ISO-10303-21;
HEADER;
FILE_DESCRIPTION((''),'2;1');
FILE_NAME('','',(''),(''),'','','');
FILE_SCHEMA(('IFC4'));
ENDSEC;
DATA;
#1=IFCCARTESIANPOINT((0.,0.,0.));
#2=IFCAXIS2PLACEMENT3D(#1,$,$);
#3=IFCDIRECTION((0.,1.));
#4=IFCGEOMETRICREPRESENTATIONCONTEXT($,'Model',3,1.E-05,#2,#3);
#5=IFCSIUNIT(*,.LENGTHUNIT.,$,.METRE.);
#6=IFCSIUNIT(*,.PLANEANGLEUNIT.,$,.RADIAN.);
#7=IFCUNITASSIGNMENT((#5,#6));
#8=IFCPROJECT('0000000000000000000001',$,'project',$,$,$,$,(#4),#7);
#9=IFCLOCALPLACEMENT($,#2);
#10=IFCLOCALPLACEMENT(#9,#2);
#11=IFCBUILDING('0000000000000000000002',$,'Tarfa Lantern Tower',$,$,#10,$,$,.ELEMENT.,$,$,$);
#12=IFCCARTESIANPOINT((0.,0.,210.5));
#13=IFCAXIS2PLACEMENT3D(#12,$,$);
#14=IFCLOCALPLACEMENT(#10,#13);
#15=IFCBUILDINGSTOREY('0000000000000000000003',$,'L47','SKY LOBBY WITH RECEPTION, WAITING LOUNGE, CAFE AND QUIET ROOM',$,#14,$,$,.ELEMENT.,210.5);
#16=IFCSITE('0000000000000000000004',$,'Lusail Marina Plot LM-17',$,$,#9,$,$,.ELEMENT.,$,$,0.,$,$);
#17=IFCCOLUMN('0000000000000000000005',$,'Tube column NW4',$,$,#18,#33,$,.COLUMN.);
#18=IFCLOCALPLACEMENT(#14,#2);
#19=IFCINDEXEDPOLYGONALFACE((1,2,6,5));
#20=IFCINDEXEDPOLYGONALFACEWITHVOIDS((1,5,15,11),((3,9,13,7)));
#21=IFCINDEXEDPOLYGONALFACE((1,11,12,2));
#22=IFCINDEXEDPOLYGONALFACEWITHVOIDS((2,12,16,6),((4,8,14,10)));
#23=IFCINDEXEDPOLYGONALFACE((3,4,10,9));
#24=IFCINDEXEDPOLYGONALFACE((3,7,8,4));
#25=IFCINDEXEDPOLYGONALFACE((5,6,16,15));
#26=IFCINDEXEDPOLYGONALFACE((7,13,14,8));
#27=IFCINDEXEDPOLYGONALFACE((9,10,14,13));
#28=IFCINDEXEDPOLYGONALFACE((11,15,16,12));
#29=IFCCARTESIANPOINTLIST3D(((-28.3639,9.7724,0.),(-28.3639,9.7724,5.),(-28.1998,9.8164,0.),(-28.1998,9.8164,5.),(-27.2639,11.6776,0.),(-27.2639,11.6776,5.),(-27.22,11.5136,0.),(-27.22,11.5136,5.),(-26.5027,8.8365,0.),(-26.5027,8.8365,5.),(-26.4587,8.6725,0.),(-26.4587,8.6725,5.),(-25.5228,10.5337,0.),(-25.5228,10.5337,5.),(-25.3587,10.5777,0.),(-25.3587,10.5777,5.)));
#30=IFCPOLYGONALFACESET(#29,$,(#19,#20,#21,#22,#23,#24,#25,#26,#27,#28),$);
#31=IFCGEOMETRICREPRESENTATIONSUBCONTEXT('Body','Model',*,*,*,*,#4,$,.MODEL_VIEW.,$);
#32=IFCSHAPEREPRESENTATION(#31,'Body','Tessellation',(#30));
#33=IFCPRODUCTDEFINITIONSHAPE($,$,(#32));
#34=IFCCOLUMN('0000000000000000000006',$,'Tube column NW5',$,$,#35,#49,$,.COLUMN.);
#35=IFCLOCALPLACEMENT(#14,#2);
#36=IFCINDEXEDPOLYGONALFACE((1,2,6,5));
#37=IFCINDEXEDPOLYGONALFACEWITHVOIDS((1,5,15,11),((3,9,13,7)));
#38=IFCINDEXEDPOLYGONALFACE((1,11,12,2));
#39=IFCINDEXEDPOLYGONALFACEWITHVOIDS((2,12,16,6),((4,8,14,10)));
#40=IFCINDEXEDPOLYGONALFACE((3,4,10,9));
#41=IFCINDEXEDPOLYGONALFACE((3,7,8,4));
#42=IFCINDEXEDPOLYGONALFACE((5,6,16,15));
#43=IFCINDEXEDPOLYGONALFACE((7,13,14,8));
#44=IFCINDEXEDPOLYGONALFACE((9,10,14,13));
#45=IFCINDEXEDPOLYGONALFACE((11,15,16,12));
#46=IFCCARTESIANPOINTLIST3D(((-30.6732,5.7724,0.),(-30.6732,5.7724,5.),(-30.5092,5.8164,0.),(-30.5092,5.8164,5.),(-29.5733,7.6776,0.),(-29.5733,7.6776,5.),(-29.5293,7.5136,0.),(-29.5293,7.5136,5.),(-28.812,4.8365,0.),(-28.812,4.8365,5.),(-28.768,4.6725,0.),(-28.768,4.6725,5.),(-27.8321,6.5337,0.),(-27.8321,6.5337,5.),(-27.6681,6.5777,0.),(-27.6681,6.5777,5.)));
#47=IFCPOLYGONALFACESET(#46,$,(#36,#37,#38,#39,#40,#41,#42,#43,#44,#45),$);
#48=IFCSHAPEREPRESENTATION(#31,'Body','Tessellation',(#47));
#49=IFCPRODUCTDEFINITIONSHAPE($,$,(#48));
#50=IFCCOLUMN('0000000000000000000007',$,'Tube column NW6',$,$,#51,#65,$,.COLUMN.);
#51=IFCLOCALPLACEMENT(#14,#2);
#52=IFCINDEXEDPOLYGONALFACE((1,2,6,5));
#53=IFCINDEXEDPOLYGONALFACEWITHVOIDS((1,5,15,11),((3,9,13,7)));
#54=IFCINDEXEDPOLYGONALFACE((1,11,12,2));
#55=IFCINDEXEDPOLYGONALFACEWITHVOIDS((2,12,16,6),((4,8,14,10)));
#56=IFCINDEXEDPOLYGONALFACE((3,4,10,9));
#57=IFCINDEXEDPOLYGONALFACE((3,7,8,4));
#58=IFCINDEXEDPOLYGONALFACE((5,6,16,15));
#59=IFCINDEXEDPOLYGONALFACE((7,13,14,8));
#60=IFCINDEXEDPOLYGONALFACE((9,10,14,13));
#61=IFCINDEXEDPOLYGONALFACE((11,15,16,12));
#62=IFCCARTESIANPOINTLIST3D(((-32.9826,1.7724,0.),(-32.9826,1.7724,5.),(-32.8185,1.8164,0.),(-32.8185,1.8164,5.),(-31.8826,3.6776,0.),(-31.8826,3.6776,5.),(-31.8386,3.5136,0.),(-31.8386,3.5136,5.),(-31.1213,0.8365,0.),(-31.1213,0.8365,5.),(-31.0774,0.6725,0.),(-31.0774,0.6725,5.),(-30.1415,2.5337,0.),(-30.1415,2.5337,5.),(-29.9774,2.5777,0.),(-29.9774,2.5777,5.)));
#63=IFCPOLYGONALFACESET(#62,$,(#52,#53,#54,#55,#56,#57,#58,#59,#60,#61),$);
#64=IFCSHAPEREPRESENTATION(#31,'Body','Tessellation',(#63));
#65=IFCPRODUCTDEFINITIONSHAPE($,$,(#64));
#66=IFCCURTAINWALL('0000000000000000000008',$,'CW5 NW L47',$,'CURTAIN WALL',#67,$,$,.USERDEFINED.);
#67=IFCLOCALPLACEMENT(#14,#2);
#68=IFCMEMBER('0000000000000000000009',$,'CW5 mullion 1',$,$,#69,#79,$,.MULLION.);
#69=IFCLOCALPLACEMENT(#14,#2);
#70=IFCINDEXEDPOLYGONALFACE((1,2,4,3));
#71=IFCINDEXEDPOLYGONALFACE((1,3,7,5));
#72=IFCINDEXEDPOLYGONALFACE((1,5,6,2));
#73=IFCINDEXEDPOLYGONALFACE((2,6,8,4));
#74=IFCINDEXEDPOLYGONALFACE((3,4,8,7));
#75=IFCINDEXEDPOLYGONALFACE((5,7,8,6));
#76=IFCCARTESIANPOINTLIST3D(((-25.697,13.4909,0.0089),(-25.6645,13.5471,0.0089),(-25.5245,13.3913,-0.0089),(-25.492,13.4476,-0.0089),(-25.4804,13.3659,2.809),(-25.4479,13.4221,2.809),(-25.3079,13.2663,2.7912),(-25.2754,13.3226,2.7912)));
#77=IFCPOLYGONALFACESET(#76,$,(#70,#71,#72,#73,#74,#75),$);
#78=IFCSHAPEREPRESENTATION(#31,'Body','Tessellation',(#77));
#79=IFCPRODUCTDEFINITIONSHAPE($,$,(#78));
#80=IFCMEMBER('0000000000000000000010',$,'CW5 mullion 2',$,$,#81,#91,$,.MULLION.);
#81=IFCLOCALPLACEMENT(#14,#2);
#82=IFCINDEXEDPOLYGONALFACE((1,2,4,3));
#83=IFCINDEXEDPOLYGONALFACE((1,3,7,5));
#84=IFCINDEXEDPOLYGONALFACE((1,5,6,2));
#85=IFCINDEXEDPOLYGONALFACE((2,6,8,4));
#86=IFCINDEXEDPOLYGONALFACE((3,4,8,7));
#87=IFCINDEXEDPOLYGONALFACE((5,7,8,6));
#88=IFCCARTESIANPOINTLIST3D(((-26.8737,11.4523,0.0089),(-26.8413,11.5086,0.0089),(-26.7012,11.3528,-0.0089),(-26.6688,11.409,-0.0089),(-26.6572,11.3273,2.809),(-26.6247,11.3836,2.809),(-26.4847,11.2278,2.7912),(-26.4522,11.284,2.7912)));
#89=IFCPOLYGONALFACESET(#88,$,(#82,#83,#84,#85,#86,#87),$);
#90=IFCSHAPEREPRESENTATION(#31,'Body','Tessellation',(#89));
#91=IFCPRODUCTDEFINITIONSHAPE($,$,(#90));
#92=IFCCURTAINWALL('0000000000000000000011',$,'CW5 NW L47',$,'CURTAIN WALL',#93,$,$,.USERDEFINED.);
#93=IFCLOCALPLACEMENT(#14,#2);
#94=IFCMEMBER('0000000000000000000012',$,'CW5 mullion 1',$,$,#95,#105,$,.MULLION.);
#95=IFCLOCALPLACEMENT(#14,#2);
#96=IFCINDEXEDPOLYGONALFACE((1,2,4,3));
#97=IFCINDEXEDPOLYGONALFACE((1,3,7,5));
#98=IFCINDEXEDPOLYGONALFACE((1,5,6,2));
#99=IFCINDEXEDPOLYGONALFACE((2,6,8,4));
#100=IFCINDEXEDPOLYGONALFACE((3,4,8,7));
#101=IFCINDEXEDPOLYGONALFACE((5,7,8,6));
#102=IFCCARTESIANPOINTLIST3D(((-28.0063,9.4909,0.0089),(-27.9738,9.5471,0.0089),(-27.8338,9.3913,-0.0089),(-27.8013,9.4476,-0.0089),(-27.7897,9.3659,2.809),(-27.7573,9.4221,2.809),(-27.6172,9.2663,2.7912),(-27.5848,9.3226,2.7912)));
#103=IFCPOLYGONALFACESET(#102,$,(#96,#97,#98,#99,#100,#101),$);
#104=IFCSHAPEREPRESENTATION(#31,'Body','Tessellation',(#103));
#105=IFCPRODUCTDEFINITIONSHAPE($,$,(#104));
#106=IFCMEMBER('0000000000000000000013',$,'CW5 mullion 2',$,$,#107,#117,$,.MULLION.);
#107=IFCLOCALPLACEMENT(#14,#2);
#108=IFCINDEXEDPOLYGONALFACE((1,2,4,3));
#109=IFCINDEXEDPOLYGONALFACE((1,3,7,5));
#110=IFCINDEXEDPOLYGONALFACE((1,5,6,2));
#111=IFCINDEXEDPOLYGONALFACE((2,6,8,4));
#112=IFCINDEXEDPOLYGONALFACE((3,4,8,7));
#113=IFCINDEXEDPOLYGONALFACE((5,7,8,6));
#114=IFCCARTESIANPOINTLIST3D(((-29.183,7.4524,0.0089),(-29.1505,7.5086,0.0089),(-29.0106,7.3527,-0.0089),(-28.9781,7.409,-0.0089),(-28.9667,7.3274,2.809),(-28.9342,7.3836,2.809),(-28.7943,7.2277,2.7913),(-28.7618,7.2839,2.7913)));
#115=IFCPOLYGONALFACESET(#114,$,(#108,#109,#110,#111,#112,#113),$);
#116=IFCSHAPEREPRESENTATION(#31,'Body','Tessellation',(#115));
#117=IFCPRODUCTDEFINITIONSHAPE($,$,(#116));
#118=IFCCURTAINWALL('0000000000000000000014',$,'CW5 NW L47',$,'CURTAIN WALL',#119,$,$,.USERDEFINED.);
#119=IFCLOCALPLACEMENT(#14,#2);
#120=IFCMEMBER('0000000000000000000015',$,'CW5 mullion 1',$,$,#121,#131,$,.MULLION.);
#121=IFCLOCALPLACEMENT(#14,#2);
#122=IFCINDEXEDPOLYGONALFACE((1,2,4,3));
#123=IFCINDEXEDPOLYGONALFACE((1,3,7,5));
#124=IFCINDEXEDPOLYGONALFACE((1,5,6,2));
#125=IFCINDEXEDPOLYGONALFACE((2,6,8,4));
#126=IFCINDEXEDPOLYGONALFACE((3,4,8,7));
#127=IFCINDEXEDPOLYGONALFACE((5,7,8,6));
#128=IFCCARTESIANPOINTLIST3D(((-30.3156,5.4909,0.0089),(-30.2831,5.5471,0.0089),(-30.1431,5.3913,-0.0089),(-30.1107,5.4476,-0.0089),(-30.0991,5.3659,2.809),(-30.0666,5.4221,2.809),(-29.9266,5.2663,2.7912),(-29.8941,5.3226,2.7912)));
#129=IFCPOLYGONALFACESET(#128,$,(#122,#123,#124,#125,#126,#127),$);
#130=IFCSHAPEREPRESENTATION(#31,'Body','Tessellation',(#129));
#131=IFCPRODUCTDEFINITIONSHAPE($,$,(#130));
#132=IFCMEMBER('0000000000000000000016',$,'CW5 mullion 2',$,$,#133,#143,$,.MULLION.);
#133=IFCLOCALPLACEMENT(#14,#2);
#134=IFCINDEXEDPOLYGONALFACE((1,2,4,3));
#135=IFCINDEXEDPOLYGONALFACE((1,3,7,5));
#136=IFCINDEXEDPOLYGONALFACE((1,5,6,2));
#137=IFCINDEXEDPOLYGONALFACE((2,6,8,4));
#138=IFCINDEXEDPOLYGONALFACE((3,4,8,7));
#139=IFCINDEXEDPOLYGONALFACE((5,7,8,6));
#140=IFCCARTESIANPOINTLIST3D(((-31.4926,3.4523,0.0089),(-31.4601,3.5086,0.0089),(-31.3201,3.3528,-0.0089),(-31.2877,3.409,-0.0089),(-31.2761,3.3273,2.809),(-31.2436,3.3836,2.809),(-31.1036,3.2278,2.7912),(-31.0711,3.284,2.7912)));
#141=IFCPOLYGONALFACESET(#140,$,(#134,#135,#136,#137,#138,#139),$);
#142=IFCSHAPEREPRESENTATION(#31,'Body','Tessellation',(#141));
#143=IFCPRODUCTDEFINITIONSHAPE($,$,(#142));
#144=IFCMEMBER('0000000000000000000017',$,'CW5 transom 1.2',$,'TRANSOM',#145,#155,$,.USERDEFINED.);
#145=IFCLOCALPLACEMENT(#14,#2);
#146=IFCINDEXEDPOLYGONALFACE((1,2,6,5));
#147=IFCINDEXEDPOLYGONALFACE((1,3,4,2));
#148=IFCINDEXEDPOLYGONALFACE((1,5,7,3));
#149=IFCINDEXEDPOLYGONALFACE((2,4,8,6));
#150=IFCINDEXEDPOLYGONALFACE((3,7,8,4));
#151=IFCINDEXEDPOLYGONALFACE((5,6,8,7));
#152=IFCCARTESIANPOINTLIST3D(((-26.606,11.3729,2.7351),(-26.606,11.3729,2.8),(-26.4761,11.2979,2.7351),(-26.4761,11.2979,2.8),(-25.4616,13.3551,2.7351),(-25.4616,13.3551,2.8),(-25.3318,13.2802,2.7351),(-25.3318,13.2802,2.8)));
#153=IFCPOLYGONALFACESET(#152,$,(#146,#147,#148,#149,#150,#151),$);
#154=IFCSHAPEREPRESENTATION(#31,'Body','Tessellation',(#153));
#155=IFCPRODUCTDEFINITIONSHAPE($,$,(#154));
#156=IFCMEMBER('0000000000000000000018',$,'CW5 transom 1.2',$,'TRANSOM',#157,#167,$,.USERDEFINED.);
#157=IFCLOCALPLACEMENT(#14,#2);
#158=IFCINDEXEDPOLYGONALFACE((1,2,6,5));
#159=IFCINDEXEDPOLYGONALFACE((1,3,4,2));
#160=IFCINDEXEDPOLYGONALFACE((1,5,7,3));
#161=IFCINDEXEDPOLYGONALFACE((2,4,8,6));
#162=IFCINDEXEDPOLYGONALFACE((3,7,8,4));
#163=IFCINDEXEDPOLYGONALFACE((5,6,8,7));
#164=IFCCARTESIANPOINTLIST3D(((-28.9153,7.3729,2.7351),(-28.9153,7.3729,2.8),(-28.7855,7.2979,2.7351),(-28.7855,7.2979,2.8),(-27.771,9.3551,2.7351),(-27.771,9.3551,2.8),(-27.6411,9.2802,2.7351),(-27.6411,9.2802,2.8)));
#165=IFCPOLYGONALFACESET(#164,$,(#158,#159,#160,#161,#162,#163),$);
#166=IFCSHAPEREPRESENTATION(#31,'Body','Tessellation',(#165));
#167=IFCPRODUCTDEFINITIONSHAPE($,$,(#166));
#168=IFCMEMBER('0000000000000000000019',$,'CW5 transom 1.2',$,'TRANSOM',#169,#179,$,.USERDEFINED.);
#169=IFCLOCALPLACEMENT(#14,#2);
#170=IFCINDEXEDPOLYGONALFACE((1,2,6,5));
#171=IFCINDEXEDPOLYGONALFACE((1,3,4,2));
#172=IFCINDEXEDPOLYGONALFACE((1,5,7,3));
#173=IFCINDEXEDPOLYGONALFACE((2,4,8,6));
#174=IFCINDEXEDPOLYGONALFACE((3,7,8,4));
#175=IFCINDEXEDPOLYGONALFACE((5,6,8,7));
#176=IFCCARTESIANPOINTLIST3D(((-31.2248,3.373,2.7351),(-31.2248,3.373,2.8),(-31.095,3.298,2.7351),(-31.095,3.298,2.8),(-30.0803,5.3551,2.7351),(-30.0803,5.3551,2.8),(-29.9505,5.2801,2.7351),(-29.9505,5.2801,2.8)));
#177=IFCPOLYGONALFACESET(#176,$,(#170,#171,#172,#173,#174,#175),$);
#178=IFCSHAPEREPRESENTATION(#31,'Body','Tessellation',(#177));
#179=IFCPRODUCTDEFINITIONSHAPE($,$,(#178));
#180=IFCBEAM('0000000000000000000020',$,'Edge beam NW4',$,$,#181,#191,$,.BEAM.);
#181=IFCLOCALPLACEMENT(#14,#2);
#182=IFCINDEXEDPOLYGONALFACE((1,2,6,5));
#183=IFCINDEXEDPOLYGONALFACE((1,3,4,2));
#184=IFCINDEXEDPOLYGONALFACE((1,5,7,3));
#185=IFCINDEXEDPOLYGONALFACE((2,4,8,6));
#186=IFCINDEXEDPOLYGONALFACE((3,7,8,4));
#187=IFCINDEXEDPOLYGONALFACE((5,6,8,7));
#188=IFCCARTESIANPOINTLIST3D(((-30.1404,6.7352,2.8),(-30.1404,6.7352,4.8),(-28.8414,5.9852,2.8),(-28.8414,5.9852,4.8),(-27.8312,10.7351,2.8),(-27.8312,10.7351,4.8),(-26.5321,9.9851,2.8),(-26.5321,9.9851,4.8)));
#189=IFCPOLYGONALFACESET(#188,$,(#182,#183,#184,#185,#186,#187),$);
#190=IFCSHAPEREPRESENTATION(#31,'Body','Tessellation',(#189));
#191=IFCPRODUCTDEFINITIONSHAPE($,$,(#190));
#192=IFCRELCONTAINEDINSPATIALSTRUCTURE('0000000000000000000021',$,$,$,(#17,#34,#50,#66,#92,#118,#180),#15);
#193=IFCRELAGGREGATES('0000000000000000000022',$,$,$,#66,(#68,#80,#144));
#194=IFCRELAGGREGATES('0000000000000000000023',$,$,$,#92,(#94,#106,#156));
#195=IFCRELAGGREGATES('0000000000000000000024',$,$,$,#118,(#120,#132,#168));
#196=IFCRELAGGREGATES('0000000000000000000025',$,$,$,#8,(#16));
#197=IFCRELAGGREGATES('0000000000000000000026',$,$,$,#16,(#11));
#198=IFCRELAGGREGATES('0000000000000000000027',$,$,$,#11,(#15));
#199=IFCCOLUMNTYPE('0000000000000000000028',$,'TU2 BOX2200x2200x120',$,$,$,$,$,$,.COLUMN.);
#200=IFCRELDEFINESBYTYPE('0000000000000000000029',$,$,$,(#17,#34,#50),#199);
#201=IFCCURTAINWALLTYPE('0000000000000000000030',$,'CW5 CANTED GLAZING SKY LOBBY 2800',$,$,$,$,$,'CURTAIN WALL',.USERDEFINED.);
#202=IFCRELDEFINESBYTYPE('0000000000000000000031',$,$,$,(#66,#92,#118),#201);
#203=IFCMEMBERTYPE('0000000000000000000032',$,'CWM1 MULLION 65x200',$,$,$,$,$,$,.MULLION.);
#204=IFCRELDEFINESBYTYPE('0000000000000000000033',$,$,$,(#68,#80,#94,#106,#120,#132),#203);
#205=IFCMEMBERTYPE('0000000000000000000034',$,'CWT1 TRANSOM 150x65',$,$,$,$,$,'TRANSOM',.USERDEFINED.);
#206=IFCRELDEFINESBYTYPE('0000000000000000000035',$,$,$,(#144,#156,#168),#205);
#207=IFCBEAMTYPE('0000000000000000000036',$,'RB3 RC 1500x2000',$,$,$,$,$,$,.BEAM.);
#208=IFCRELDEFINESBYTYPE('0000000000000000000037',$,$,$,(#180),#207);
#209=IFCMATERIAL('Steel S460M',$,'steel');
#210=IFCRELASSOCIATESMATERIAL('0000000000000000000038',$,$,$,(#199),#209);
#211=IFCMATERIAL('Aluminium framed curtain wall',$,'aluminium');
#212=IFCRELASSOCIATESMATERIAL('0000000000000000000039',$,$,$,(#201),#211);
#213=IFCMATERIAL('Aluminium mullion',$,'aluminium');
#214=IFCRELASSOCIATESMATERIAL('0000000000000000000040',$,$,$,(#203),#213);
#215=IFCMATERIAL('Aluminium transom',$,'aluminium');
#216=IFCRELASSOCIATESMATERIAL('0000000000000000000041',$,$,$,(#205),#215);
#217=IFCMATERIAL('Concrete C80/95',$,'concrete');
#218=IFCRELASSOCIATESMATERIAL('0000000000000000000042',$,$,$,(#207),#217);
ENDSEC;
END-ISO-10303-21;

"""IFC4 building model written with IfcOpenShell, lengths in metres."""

from ifc_helpers import new_model, si_unit, direction, frame, origin, origin_2d, place, context, subcontext, project, spatial, rectangle, hollow_rectangle, extrude, material, material_profile, profile_set, type_object, element, aggregate, save


model = new_model("IFC4")

# Units and contexts
model_context = context("Model", 3, precision=1e-05, world=origin(), true_north=direction((0.0, 1.0)))
body_context = subcontext(model_context, "Body", "Model", "MODEL_VIEW")
ifc_project = project(units=[si_unit("LENGTHUNIT", "METRE"), si_unit("PLANEANGLEUNIT", "RADIAN")], contexts=[model_context])

# Site, building, storey
site_placement = place(None, origin())
site = spatial("IfcSite", under=ifc_project, at=site_placement, Name="Lusail Marina Plot LM-17", CompositionType="ELEMENT", RefElevation=0.0)
building_placement = place(site_placement, origin())
building = spatial("IfcBuilding", under=site, at=building_placement, Name="Tarfa Lantern Tower", CompositionType="ELEMENT")
storey_placement = place(building_placement, frame((0.0, 0.0, 210.5)))
storey = spatial("IfcBuildingStorey", under=building, at=storey_placement, Name="L47", Description="SKY LOBBY WITH RECEPTION, WAITING LOUNGE, CAFE AND QUIET ROOM", CompositionType="ELEMENT", Elevation=210.5)

# Columns
ifc_material_1 = material(Name="Steel S460M", Category="steel")
ifc_material_profile_1 = material_profile(ifc_material_1, hollow_rectangle(XDim=2.2, YDim=2.2, WallThickness=0.1201, at=origin_2d()), Name="BOX2200x2200x120")
ifc_profile_set_1 = profile_set([ifc_material_profile_1], Name="Steel S460M")
column_type = type_object("IfcColumnType", Name="TU2 BOX2200x2200x120", PredefinedType="COLUMN", material=ifc_profile_set_1)
for number, where, z_axis, x_axis, name in (
    (1, (-26.8613, 10.175, 0.0), (0.0, 0.0, 1.0), (-0.5, -0.866025, 0.0), "Tube column NW4"),
    (2, (-29.1707, 6.175, 0.0), (0.0, 0.0, 1.0), (-0.5, -0.866025, 0.0), "Tube column NW5"),
    (3, (-31.48, 2.175, 0.0), (0.0, 0.0, 1.0), (-0.5, -0.866025, 0.0), "Tube column NW6"),
):
    element("IfcColumn", number, at=place(storey_placement, frame(where, z_axis=z_axis, x_axis=x_axis)), inside=storey, type_object=column_type, Name=name, PredefinedType="COLUMN", context=body_context, shape_type="SweptSolid", body=[
        extrude(hollow_rectangle(XDim=2.2, YDim=2.2, WallThickness=0.1201, at=origin_2d()), origin(), (0.0, 0.0, 1.0), 5.0),
    ])

# Curtain walls, members
ifc_material_2 = material(Name="Aluminium framed curtain wall", Category="aluminium")
curtain_wall_type = type_object("IfcCurtainWallType", Name="CW5 CANTED GLAZING SKY LOBBY 2800", ElementType="CURTAIN WALL", PredefinedType="USERDEFINED", material=ifc_material_2)
curtain_wall_1_placement = place(storey_placement, origin())
curtain_wall_1 = element("IfcCurtainWall", 4, at=curtain_wall_1_placement, inside=storey, type_object=curtain_wall_type, Name="CW5 NW L47", ObjectType="CURTAIN WALL", PredefinedType="USERDEFINED")
ifc_material_3 = material(Name="Aluminium mullion", Category="aluminium")
ifc_material_profile_2 = material_profile(ifc_material_3, rectangle(XDim=0.0649, YDim=0.2, at=origin_2d()), Name="AL MULLION 65x200")
ifc_profile_set_2 = profile_set([ifc_material_profile_2], Name="Aluminium mullion")
member_type_1 = type_object("IfcMemberType", Name="CWM1 MULLION 65x200", PredefinedType="MULLION", material=ifc_profile_set_2)
member_1_placement = place(storey_placement, frame((-25.5945, 13.4692, 0.0), z_axis=(0.077032, -0.044465, 0.996037), x_axis=(0.49992, 0.866072, 0.0)))
member_1 = element("IfcMember", 5, at=member_1_placement, type_object=member_type_1, Name="CW5 mullion 1", PredefinedType="MULLION", context=body_context, shape_type="SweptSolid", body=[
    extrude(rectangle(XDim=0.0649, YDim=0.2, at=origin_2d()), origin(), (0.0, 0.0, 1.0), 2.8113),
])
member_2_placement = place(storey_placement, frame((-26.7712, 11.4307, 0.0), z_axis=(0.077032, -0.044465, 0.996037), x_axis=(0.49992, 0.866072, 0.0)))
member_2 = element("IfcMember", 6, at=member_2_placement, type_object=member_type_1, Name="CW5 mullion 2", PredefinedType="MULLION", context=body_context, shape_type="SweptSolid", body=[
    extrude(rectangle(XDim=0.0649, YDim=0.2, at=origin_2d()), origin(), (0.0, 0.0, 1.0), 2.8113),
])
curtain_wall_2_placement = place(storey_placement, origin())
curtain_wall_2 = element("IfcCurtainWall", 7, at=curtain_wall_2_placement, inside=storey, type_object=curtain_wall_type, Name="CW5 NW L47", ObjectType="CURTAIN WALL", PredefinedType="USERDEFINED")
member_3_placement = place(storey_placement, frame((-27.9038, 9.4692, 0.0), z_axis=(0.077032, -0.044465, 0.996037), x_axis=(0.49992, 0.866072, 0.0)))
member_3 = element("IfcMember", 8, at=member_3_placement, type_object=member_type_1, Name="CW5 mullion 1", PredefinedType="MULLION", context=body_context, shape_type="SweptSolid", body=[
    extrude(rectangle(XDim=0.0649, YDim=0.2, at=origin_2d()), origin(), (0.0, 0.0, 1.0), 2.8113),
])
member_4_placement = place(storey_placement, frame((-29.0806, 7.4307, 0.0), z_axis=(0.076946, -0.044465, 0.996043), x_axis=(0.500343, 0.865827, 0.0)))
member_4 = element("IfcMember", 9, at=member_4_placement, type_object=member_type_1, Name="CW5 mullion 2", PredefinedType="MULLION", context=body_context, shape_type="SweptSolid", body=[
    extrude(rectangle(XDim=0.0649, YDim=0.2, at=origin_2d()), origin(), (0.0, 0.0, 1.0), 2.8113),
])
curtain_wall_3_placement = place(storey_placement, origin())
curtain_wall_3 = element("IfcCurtainWall", 10, at=curtain_wall_3_placement, inside=storey, type_object=curtain_wall_type, Name="CW5 NW L47", ObjectType="CURTAIN WALL", PredefinedType="USERDEFINED")
member_5_placement = place(storey_placement, frame((-30.2131, 5.4692, 0.0), z_axis=(0.077032, -0.044465, 0.996037), x_axis=(0.49992, 0.866072, 0.0)))
member_5 = element("IfcMember", 11, at=member_5_placement, type_object=member_type_1, Name="CW5 mullion 1", PredefinedType="MULLION", context=body_context, shape_type="SweptSolid", body=[
    extrude(rectangle(XDim=0.0649, YDim=0.2, at=origin_2d()), origin(), (0.0, 0.0, 1.0), 2.8113),
])
member_6_placement = place(storey_placement, frame((-31.3901, 3.4307, 0.0), z_axis=(0.077032, -0.044465, 0.996037), x_axis=(0.49992, 0.866072, 0.0)))
member_6 = element("IfcMember", 12, at=member_6_placement, type_object=member_type_1, Name="CW5 mullion 2", PredefinedType="MULLION", context=body_context, shape_type="SweptSolid", body=[
    extrude(rectangle(XDim=0.0649, YDim=0.2, at=origin_2d()), origin(), (0.0, 0.0, 1.0), 2.8113),
])

# Members
ifc_material_4 = material(Name="Aluminium transom", Category="aluminium")
ifc_material_profile_3 = material_profile(ifc_material_4, rectangle(XDim=0.1499, YDim=0.0649, at=origin_2d()), Name="AL TRANSOM 150x65")
ifc_profile_set_3 = profile_set([ifc_material_profile_3], Name="Aluminium transom")
member_type_2 = type_object("IfcMemberType", Name="CWT1 TRANSOM 150x65", ElementType="TRANSOM", PredefinedType="USERDEFINED", material=ifc_profile_set_3)
member_7_placement = place(storey_placement, frame((-25.3967, 13.3176, 2.7676), z_axis=(-0.499959, -0.866049, 0.0), x_axis=(0.866049, -0.499959, 0.0)))
member_7 = element("IfcMember", 13, at=member_7_placement, type_object=member_type_2, Name="CW5 transom 1.2", ObjectType="TRANSOM", PredefinedType="USERDEFINED", context=body_context, shape_type="SweptSolid", body=[
    extrude(rectangle(XDim=0.1499, YDim=0.0649, at=origin_2d()), origin(), (0.0, 0.0, 1.0), 2.2888),
])
member_8_placement = place(storey_placement, frame((-27.7061, 9.3176, 2.7676), z_axis=(-0.499959, -0.866049, 0.0), x_axis=(0.866049, -0.499959, 0.0)))
member_8 = element("IfcMember", 14, at=member_8_placement, type_object=member_type_2, Name="CW5 transom 1.2", ObjectType="TRANSOM", PredefinedType="USERDEFINED", context=body_context, shape_type="SweptSolid", body=[
    extrude(rectangle(XDim=0.1499, YDim=0.0649, at=origin_2d()), origin(), (0.0, 0.0, 1.0), 2.2888),
])
member_9_placement = place(storey_placement, frame((-30.0154, 5.3176, 2.7676), z_axis=(-0.500039, -0.866003, 0.0), x_axis=(0.866003, -0.500039, 0.0)))
member_9 = element("IfcMember", 15, at=member_9_placement, type_object=member_type_2, Name="CW5 transom 1.2", ObjectType="TRANSOM", PredefinedType="USERDEFINED", context=body_context, shape_type="SweptSolid", body=[
    extrude(rectangle(XDim=0.1499, YDim=0.0649, at=origin_2d()), origin(), (0.0, 0.0, 1.0), 2.2888),
])

# Beam
ifc_material_5 = material(Name="Concrete C80/95", Category="concrete")
ifc_material_profile_4 = material_profile(ifc_material_5, rectangle(XDim=1.5, YDim=2.0, at=origin_2d()), Name="RC 1500x2000")
ifc_profile_set_4 = profile_set([ifc_material_profile_4], Name="Concrete C80/95")
beam_type_1 = type_object("IfcBeamType", Name="RB3 RC 1500x2000", PredefinedType="BEAM", material=ifc_profile_set_4)
beam_1_placement = place(storey_placement, frame((-27.1816, 10.3601, 3.8), z_axis=(-0.499988, -0.866032, 0.0), x_axis=(0.866032, -0.499988, 0.0)))
element("IfcBeam", 16, at=beam_1_placement, inside=storey, type_object=beam_type_1, Name="Edge beam NW4", PredefinedType="BEAM", context=body_context, shape_type="SweptSolid", body=[
    extrude(rectangle(XDim=1.5, YDim=2.0, at=origin_2d()), origin(), (0.0, 0.0, 1.0), 4.6187),
])

aggregate(curtain_wall_1, [member_1, member_2, member_7])
aggregate(curtain_wall_2, [member_3, member_4, member_8])
aggregate(curtain_wall_3, [member_5, member_6, member_9])

save(model, "model.ifc")
